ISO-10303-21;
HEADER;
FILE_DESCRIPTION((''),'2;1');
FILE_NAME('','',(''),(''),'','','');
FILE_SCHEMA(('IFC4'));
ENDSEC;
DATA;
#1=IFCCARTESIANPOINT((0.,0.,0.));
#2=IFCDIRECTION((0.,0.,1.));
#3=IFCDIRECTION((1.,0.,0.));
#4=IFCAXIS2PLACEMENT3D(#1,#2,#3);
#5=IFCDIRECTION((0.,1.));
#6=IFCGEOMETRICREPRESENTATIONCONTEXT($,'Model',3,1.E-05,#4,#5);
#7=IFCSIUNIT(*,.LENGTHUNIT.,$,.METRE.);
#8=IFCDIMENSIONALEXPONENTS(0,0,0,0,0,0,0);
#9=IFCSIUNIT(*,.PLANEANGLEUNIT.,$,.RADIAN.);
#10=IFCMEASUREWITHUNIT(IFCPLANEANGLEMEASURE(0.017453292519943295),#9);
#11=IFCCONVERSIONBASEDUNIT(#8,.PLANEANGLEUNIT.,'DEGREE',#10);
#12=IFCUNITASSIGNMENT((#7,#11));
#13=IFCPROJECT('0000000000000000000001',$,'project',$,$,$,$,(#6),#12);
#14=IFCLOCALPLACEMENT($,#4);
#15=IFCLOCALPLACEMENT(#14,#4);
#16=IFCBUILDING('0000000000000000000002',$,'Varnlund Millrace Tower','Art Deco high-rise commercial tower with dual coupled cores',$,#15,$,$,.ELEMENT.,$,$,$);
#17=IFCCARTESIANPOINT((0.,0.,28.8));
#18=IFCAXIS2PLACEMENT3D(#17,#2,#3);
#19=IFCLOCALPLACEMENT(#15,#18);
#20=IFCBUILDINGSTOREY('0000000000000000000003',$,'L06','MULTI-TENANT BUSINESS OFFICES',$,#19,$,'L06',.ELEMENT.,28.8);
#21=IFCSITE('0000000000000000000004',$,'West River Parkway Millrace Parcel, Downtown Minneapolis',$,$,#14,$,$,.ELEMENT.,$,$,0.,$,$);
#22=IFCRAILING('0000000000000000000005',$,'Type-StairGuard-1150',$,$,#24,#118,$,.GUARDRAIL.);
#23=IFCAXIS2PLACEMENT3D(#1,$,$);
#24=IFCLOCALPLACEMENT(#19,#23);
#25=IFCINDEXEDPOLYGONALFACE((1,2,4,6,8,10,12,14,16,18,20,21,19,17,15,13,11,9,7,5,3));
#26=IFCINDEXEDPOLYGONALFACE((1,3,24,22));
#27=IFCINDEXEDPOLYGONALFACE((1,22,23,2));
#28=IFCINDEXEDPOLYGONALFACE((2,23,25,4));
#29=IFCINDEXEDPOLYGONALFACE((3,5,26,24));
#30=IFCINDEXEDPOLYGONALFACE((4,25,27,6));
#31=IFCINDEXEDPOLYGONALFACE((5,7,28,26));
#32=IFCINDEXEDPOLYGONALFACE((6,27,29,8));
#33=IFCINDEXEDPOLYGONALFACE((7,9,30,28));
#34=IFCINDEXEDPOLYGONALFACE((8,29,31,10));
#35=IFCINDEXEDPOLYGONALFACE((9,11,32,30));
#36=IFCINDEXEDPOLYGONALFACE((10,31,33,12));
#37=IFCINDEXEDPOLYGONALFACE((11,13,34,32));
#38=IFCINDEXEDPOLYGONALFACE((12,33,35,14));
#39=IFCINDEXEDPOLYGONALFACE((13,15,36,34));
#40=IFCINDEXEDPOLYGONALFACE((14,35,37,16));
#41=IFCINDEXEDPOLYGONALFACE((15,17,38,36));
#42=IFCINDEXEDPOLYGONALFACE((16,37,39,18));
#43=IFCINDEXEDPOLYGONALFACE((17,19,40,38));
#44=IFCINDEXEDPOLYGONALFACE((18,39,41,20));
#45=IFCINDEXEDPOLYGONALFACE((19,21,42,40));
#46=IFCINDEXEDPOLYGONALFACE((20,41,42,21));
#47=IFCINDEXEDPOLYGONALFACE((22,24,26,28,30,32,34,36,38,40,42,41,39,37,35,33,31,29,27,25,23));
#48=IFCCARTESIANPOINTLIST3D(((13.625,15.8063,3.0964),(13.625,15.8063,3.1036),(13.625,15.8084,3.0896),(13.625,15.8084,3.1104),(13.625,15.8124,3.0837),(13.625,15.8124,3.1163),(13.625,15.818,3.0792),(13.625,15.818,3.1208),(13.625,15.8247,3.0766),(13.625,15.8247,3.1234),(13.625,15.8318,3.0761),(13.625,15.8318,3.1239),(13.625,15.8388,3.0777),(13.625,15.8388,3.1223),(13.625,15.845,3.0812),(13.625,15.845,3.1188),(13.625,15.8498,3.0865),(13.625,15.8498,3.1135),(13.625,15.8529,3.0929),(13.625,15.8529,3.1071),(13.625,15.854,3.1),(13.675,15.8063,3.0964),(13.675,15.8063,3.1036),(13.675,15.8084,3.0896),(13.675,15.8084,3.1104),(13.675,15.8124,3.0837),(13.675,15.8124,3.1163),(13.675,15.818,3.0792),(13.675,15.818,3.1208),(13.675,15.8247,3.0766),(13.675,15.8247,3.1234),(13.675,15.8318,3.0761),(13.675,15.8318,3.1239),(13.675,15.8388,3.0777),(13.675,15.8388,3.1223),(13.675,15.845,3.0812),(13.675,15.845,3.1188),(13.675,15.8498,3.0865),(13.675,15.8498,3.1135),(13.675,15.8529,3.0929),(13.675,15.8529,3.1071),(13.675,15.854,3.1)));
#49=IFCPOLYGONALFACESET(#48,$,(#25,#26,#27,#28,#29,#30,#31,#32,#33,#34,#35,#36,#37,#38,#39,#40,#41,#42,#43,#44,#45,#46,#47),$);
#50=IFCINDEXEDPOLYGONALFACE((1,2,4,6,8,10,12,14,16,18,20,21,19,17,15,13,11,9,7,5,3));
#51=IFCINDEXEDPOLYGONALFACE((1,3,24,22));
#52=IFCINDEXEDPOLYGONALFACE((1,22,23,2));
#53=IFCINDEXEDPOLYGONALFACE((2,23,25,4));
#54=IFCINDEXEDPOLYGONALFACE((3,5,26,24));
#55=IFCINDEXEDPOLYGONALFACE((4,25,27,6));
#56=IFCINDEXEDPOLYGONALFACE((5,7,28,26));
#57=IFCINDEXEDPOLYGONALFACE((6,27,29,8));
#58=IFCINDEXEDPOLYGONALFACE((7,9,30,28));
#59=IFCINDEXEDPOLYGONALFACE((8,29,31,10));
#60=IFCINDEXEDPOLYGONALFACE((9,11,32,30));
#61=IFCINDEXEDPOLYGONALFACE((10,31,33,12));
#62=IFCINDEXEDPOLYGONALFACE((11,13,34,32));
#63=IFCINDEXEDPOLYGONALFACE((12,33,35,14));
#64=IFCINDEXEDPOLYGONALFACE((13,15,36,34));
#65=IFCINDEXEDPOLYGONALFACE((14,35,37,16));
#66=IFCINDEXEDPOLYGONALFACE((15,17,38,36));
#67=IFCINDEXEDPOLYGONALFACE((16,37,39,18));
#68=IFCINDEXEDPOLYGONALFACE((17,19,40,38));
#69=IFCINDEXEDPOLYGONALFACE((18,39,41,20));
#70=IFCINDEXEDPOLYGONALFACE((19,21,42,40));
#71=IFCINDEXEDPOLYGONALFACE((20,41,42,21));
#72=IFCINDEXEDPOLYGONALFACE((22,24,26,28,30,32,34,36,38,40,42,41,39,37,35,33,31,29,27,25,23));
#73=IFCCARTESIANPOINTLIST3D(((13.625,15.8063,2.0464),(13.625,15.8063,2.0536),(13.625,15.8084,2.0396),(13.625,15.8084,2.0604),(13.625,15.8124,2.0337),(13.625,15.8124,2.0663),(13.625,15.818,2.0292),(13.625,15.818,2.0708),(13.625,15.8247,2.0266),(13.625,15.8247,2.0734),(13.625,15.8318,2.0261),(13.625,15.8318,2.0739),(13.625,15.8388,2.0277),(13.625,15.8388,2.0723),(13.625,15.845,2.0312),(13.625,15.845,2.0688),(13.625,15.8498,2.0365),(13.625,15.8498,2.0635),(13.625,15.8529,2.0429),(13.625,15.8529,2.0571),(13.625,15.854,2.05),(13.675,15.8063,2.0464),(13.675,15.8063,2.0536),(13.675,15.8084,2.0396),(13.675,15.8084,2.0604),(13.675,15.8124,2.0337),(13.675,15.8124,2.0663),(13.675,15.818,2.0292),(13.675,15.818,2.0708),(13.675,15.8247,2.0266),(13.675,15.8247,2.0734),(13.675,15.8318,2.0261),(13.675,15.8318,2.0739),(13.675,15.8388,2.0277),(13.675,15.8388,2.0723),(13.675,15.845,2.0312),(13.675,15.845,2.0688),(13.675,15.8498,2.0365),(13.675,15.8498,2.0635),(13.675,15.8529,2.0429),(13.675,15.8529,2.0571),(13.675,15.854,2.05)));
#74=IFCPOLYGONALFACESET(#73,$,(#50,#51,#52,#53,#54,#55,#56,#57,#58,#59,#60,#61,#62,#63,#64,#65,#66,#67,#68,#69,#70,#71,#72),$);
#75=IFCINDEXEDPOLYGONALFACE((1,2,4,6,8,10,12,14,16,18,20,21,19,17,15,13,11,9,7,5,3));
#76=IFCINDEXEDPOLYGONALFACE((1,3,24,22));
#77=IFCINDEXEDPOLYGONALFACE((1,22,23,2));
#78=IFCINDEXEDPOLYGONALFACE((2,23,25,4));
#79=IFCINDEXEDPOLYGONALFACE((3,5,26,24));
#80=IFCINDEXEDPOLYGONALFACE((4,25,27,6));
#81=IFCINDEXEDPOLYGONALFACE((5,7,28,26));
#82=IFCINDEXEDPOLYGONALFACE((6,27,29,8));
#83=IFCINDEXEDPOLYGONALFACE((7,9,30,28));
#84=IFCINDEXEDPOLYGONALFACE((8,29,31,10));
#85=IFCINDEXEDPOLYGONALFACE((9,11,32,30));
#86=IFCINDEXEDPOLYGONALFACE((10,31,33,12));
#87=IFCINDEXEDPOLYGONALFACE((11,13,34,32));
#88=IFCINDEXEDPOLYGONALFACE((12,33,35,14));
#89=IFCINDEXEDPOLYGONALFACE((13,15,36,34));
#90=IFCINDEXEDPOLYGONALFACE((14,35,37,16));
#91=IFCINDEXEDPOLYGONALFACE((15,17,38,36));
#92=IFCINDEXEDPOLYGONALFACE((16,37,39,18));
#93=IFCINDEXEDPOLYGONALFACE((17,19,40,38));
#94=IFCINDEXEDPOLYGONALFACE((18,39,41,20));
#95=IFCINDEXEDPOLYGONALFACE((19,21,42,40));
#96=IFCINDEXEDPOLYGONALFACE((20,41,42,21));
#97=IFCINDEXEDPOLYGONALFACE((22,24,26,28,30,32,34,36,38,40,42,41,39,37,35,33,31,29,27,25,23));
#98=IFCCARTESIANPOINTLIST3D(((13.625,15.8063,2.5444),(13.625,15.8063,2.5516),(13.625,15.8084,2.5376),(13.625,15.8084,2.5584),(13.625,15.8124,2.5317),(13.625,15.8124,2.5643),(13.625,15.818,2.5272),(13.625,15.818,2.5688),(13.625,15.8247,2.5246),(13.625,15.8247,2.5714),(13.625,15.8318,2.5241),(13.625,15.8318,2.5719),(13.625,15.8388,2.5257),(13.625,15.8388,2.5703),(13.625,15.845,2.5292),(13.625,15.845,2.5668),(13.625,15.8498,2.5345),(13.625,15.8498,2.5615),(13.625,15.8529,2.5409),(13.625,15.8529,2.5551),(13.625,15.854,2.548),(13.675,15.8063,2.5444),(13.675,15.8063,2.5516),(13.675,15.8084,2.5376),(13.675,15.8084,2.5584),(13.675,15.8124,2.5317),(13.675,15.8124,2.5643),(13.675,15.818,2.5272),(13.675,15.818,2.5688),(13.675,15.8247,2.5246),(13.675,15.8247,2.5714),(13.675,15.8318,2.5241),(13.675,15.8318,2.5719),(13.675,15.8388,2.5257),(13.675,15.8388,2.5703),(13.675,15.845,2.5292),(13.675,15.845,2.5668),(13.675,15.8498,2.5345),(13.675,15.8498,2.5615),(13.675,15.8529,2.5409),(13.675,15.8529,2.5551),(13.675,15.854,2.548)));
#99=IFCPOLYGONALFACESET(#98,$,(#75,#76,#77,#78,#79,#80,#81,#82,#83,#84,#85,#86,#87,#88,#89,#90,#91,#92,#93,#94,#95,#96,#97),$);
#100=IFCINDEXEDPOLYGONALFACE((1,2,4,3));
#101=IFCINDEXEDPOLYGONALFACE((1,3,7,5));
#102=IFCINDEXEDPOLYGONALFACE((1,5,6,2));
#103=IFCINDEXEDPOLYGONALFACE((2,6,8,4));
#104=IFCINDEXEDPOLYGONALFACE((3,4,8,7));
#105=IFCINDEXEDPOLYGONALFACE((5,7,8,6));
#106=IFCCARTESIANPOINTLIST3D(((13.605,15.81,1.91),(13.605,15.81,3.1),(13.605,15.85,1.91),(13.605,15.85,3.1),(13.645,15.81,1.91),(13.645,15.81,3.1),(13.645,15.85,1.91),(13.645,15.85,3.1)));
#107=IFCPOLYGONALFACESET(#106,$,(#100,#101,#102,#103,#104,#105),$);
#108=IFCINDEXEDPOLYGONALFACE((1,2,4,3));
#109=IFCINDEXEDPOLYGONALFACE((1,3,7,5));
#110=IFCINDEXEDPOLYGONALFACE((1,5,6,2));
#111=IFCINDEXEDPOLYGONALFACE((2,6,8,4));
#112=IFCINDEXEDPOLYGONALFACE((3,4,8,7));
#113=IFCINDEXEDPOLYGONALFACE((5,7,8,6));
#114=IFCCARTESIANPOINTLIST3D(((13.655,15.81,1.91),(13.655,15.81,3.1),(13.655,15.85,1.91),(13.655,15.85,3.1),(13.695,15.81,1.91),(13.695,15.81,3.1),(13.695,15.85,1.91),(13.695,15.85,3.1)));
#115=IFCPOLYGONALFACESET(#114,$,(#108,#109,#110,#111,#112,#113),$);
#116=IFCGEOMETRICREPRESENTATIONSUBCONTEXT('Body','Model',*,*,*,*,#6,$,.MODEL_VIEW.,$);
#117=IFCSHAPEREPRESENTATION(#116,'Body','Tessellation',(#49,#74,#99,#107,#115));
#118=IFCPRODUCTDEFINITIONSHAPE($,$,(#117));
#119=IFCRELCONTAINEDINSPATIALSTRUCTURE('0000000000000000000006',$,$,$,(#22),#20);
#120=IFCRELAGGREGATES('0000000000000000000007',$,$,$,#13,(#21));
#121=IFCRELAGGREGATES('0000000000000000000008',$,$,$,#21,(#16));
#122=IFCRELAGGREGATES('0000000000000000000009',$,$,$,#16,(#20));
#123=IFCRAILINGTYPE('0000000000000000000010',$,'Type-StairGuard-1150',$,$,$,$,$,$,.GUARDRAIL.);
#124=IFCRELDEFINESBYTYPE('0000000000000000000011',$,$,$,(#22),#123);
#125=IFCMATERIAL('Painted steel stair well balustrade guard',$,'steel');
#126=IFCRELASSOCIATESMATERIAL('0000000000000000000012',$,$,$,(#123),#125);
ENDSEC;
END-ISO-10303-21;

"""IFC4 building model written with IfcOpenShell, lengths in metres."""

from ifc_helpers import new_model, entity, si_unit, converted_unit, direction, frame, origin_with_axes, origin_2d_with_axis, place, context, subcontext, project, spatial, rectangle, circle, extrude, material, type_object, element, save


model = new_model("IFC4")

# Units and contexts
model_context = context("Model", 3, precision=1e-05, world=origin_with_axes(), true_north=direction((0.0, 1.0)))
body_context = subcontext(model_context, "Body", "Model", "MODEL_VIEW")
ifc_project = project(units=[si_unit("LENGTHUNIT", "METRE"), converted_unit("PLANEANGLEUNIT", "DEGREE", entity("IfcPlaneAngleMeasure", 0.017453292519943295), si_unit("PLANEANGLEUNIT", "RADIAN"), dimensions=[0, 0, 0, 0, 0, 0, 0])], contexts=[model_context])

# Site, building, storey
site_placement = place(None, origin_with_axes())
site = spatial("IfcSite", under=ifc_project, at=site_placement, Name="West River Parkway Millrace Parcel, Downtown Minneapolis", CompositionType="ELEMENT", RefElevation=0.0)
building_placement = place(site_placement, origin_with_axes())
building = spatial("IfcBuilding", under=site, at=building_placement, Name="Varnlund Millrace Tower", Description="Art Deco high-rise commercial tower with dual coupled cores", CompositionType="ELEMENT")
storey_placement = place(building_placement, frame((0.0, 0.0, 28.8), z_axis=(0.0, 0.0, 1.0), x_axis=(1.0, 0.0, 0.0)))
storey = spatial("IfcBuildingStorey", under=building, at=storey_placement, Name="L06", Description="MULTI-TENANT BUSINESS OFFICES", LongName="L06", CompositionType="ELEMENT", Elevation=28.8)

# Railing
ifc_material_1 = material(Name="Painted steel stair well balustrade guard", Category="steel")
railing_type_1 = type_object("IfcRailingType", Name="Type-StairGuard-1150", PredefinedType="GUARDRAIL", material=ifc_material_1)
railing_1_placement = place(storey_placement, frame((0.0, 0.0, -28.8), z_axis=(0.0, 0.0, 1.0), x_axis=(1.0, 0.0, 0.0)))
element("IfcRailing", 1, at=railing_1_placement, inside=storey, type_object=railing_type_1, Name="Type-StairGuard-1150", PredefinedType="GUARDRAIL", context=body_context, shape_type="SweptSolid", body=[
    extrude(circle(Radius=0.024, at=origin_2d_with_axis()), frame((13.625, 15.83, 31.9), z_axis=(1.0, 0.0, 0.0), x_axis=(0.0, 1.0, 0.0)), (0.0, 0.0, 1.0), 0.05),
    extrude(circle(Radius=0.024, at=origin_2d_with_axis()), frame((13.625, 15.83, 30.85), z_axis=(1.0, 0.0, 0.0), x_axis=(0.0, 1.0, 0.0)), (0.0, 0.0, 1.0), 0.05),
    extrude(circle(Radius=0.024, at=origin_2d_with_axis()), frame((13.625, 15.83, 31.348), z_axis=(1.0, 0.0, 0.0), x_axis=(0.0, 1.0, 0.0)), (0.0, 0.0, 1.0), 0.05),
    extrude(rectangle(XDim=0.04, YDim=0.04, at=origin_2d_with_axis()), frame((13.625, 15.83, 30.71), z_axis=(0.0, 0.0, 1.0), x_axis=(1.0, 0.0, 0.0)), (0.0, 0.0, 1.0), 1.19),
    extrude(rectangle(XDim=0.04, YDim=0.04, at=origin_2d_with_axis()), frame((13.675, 15.83, 30.71), z_axis=(0.0, 0.0, 1.0), x_axis=(1.0, 0.0, 0.0)), (0.0, 0.0, 1.0), 1.19),
])

save(model, "model.ifc")
